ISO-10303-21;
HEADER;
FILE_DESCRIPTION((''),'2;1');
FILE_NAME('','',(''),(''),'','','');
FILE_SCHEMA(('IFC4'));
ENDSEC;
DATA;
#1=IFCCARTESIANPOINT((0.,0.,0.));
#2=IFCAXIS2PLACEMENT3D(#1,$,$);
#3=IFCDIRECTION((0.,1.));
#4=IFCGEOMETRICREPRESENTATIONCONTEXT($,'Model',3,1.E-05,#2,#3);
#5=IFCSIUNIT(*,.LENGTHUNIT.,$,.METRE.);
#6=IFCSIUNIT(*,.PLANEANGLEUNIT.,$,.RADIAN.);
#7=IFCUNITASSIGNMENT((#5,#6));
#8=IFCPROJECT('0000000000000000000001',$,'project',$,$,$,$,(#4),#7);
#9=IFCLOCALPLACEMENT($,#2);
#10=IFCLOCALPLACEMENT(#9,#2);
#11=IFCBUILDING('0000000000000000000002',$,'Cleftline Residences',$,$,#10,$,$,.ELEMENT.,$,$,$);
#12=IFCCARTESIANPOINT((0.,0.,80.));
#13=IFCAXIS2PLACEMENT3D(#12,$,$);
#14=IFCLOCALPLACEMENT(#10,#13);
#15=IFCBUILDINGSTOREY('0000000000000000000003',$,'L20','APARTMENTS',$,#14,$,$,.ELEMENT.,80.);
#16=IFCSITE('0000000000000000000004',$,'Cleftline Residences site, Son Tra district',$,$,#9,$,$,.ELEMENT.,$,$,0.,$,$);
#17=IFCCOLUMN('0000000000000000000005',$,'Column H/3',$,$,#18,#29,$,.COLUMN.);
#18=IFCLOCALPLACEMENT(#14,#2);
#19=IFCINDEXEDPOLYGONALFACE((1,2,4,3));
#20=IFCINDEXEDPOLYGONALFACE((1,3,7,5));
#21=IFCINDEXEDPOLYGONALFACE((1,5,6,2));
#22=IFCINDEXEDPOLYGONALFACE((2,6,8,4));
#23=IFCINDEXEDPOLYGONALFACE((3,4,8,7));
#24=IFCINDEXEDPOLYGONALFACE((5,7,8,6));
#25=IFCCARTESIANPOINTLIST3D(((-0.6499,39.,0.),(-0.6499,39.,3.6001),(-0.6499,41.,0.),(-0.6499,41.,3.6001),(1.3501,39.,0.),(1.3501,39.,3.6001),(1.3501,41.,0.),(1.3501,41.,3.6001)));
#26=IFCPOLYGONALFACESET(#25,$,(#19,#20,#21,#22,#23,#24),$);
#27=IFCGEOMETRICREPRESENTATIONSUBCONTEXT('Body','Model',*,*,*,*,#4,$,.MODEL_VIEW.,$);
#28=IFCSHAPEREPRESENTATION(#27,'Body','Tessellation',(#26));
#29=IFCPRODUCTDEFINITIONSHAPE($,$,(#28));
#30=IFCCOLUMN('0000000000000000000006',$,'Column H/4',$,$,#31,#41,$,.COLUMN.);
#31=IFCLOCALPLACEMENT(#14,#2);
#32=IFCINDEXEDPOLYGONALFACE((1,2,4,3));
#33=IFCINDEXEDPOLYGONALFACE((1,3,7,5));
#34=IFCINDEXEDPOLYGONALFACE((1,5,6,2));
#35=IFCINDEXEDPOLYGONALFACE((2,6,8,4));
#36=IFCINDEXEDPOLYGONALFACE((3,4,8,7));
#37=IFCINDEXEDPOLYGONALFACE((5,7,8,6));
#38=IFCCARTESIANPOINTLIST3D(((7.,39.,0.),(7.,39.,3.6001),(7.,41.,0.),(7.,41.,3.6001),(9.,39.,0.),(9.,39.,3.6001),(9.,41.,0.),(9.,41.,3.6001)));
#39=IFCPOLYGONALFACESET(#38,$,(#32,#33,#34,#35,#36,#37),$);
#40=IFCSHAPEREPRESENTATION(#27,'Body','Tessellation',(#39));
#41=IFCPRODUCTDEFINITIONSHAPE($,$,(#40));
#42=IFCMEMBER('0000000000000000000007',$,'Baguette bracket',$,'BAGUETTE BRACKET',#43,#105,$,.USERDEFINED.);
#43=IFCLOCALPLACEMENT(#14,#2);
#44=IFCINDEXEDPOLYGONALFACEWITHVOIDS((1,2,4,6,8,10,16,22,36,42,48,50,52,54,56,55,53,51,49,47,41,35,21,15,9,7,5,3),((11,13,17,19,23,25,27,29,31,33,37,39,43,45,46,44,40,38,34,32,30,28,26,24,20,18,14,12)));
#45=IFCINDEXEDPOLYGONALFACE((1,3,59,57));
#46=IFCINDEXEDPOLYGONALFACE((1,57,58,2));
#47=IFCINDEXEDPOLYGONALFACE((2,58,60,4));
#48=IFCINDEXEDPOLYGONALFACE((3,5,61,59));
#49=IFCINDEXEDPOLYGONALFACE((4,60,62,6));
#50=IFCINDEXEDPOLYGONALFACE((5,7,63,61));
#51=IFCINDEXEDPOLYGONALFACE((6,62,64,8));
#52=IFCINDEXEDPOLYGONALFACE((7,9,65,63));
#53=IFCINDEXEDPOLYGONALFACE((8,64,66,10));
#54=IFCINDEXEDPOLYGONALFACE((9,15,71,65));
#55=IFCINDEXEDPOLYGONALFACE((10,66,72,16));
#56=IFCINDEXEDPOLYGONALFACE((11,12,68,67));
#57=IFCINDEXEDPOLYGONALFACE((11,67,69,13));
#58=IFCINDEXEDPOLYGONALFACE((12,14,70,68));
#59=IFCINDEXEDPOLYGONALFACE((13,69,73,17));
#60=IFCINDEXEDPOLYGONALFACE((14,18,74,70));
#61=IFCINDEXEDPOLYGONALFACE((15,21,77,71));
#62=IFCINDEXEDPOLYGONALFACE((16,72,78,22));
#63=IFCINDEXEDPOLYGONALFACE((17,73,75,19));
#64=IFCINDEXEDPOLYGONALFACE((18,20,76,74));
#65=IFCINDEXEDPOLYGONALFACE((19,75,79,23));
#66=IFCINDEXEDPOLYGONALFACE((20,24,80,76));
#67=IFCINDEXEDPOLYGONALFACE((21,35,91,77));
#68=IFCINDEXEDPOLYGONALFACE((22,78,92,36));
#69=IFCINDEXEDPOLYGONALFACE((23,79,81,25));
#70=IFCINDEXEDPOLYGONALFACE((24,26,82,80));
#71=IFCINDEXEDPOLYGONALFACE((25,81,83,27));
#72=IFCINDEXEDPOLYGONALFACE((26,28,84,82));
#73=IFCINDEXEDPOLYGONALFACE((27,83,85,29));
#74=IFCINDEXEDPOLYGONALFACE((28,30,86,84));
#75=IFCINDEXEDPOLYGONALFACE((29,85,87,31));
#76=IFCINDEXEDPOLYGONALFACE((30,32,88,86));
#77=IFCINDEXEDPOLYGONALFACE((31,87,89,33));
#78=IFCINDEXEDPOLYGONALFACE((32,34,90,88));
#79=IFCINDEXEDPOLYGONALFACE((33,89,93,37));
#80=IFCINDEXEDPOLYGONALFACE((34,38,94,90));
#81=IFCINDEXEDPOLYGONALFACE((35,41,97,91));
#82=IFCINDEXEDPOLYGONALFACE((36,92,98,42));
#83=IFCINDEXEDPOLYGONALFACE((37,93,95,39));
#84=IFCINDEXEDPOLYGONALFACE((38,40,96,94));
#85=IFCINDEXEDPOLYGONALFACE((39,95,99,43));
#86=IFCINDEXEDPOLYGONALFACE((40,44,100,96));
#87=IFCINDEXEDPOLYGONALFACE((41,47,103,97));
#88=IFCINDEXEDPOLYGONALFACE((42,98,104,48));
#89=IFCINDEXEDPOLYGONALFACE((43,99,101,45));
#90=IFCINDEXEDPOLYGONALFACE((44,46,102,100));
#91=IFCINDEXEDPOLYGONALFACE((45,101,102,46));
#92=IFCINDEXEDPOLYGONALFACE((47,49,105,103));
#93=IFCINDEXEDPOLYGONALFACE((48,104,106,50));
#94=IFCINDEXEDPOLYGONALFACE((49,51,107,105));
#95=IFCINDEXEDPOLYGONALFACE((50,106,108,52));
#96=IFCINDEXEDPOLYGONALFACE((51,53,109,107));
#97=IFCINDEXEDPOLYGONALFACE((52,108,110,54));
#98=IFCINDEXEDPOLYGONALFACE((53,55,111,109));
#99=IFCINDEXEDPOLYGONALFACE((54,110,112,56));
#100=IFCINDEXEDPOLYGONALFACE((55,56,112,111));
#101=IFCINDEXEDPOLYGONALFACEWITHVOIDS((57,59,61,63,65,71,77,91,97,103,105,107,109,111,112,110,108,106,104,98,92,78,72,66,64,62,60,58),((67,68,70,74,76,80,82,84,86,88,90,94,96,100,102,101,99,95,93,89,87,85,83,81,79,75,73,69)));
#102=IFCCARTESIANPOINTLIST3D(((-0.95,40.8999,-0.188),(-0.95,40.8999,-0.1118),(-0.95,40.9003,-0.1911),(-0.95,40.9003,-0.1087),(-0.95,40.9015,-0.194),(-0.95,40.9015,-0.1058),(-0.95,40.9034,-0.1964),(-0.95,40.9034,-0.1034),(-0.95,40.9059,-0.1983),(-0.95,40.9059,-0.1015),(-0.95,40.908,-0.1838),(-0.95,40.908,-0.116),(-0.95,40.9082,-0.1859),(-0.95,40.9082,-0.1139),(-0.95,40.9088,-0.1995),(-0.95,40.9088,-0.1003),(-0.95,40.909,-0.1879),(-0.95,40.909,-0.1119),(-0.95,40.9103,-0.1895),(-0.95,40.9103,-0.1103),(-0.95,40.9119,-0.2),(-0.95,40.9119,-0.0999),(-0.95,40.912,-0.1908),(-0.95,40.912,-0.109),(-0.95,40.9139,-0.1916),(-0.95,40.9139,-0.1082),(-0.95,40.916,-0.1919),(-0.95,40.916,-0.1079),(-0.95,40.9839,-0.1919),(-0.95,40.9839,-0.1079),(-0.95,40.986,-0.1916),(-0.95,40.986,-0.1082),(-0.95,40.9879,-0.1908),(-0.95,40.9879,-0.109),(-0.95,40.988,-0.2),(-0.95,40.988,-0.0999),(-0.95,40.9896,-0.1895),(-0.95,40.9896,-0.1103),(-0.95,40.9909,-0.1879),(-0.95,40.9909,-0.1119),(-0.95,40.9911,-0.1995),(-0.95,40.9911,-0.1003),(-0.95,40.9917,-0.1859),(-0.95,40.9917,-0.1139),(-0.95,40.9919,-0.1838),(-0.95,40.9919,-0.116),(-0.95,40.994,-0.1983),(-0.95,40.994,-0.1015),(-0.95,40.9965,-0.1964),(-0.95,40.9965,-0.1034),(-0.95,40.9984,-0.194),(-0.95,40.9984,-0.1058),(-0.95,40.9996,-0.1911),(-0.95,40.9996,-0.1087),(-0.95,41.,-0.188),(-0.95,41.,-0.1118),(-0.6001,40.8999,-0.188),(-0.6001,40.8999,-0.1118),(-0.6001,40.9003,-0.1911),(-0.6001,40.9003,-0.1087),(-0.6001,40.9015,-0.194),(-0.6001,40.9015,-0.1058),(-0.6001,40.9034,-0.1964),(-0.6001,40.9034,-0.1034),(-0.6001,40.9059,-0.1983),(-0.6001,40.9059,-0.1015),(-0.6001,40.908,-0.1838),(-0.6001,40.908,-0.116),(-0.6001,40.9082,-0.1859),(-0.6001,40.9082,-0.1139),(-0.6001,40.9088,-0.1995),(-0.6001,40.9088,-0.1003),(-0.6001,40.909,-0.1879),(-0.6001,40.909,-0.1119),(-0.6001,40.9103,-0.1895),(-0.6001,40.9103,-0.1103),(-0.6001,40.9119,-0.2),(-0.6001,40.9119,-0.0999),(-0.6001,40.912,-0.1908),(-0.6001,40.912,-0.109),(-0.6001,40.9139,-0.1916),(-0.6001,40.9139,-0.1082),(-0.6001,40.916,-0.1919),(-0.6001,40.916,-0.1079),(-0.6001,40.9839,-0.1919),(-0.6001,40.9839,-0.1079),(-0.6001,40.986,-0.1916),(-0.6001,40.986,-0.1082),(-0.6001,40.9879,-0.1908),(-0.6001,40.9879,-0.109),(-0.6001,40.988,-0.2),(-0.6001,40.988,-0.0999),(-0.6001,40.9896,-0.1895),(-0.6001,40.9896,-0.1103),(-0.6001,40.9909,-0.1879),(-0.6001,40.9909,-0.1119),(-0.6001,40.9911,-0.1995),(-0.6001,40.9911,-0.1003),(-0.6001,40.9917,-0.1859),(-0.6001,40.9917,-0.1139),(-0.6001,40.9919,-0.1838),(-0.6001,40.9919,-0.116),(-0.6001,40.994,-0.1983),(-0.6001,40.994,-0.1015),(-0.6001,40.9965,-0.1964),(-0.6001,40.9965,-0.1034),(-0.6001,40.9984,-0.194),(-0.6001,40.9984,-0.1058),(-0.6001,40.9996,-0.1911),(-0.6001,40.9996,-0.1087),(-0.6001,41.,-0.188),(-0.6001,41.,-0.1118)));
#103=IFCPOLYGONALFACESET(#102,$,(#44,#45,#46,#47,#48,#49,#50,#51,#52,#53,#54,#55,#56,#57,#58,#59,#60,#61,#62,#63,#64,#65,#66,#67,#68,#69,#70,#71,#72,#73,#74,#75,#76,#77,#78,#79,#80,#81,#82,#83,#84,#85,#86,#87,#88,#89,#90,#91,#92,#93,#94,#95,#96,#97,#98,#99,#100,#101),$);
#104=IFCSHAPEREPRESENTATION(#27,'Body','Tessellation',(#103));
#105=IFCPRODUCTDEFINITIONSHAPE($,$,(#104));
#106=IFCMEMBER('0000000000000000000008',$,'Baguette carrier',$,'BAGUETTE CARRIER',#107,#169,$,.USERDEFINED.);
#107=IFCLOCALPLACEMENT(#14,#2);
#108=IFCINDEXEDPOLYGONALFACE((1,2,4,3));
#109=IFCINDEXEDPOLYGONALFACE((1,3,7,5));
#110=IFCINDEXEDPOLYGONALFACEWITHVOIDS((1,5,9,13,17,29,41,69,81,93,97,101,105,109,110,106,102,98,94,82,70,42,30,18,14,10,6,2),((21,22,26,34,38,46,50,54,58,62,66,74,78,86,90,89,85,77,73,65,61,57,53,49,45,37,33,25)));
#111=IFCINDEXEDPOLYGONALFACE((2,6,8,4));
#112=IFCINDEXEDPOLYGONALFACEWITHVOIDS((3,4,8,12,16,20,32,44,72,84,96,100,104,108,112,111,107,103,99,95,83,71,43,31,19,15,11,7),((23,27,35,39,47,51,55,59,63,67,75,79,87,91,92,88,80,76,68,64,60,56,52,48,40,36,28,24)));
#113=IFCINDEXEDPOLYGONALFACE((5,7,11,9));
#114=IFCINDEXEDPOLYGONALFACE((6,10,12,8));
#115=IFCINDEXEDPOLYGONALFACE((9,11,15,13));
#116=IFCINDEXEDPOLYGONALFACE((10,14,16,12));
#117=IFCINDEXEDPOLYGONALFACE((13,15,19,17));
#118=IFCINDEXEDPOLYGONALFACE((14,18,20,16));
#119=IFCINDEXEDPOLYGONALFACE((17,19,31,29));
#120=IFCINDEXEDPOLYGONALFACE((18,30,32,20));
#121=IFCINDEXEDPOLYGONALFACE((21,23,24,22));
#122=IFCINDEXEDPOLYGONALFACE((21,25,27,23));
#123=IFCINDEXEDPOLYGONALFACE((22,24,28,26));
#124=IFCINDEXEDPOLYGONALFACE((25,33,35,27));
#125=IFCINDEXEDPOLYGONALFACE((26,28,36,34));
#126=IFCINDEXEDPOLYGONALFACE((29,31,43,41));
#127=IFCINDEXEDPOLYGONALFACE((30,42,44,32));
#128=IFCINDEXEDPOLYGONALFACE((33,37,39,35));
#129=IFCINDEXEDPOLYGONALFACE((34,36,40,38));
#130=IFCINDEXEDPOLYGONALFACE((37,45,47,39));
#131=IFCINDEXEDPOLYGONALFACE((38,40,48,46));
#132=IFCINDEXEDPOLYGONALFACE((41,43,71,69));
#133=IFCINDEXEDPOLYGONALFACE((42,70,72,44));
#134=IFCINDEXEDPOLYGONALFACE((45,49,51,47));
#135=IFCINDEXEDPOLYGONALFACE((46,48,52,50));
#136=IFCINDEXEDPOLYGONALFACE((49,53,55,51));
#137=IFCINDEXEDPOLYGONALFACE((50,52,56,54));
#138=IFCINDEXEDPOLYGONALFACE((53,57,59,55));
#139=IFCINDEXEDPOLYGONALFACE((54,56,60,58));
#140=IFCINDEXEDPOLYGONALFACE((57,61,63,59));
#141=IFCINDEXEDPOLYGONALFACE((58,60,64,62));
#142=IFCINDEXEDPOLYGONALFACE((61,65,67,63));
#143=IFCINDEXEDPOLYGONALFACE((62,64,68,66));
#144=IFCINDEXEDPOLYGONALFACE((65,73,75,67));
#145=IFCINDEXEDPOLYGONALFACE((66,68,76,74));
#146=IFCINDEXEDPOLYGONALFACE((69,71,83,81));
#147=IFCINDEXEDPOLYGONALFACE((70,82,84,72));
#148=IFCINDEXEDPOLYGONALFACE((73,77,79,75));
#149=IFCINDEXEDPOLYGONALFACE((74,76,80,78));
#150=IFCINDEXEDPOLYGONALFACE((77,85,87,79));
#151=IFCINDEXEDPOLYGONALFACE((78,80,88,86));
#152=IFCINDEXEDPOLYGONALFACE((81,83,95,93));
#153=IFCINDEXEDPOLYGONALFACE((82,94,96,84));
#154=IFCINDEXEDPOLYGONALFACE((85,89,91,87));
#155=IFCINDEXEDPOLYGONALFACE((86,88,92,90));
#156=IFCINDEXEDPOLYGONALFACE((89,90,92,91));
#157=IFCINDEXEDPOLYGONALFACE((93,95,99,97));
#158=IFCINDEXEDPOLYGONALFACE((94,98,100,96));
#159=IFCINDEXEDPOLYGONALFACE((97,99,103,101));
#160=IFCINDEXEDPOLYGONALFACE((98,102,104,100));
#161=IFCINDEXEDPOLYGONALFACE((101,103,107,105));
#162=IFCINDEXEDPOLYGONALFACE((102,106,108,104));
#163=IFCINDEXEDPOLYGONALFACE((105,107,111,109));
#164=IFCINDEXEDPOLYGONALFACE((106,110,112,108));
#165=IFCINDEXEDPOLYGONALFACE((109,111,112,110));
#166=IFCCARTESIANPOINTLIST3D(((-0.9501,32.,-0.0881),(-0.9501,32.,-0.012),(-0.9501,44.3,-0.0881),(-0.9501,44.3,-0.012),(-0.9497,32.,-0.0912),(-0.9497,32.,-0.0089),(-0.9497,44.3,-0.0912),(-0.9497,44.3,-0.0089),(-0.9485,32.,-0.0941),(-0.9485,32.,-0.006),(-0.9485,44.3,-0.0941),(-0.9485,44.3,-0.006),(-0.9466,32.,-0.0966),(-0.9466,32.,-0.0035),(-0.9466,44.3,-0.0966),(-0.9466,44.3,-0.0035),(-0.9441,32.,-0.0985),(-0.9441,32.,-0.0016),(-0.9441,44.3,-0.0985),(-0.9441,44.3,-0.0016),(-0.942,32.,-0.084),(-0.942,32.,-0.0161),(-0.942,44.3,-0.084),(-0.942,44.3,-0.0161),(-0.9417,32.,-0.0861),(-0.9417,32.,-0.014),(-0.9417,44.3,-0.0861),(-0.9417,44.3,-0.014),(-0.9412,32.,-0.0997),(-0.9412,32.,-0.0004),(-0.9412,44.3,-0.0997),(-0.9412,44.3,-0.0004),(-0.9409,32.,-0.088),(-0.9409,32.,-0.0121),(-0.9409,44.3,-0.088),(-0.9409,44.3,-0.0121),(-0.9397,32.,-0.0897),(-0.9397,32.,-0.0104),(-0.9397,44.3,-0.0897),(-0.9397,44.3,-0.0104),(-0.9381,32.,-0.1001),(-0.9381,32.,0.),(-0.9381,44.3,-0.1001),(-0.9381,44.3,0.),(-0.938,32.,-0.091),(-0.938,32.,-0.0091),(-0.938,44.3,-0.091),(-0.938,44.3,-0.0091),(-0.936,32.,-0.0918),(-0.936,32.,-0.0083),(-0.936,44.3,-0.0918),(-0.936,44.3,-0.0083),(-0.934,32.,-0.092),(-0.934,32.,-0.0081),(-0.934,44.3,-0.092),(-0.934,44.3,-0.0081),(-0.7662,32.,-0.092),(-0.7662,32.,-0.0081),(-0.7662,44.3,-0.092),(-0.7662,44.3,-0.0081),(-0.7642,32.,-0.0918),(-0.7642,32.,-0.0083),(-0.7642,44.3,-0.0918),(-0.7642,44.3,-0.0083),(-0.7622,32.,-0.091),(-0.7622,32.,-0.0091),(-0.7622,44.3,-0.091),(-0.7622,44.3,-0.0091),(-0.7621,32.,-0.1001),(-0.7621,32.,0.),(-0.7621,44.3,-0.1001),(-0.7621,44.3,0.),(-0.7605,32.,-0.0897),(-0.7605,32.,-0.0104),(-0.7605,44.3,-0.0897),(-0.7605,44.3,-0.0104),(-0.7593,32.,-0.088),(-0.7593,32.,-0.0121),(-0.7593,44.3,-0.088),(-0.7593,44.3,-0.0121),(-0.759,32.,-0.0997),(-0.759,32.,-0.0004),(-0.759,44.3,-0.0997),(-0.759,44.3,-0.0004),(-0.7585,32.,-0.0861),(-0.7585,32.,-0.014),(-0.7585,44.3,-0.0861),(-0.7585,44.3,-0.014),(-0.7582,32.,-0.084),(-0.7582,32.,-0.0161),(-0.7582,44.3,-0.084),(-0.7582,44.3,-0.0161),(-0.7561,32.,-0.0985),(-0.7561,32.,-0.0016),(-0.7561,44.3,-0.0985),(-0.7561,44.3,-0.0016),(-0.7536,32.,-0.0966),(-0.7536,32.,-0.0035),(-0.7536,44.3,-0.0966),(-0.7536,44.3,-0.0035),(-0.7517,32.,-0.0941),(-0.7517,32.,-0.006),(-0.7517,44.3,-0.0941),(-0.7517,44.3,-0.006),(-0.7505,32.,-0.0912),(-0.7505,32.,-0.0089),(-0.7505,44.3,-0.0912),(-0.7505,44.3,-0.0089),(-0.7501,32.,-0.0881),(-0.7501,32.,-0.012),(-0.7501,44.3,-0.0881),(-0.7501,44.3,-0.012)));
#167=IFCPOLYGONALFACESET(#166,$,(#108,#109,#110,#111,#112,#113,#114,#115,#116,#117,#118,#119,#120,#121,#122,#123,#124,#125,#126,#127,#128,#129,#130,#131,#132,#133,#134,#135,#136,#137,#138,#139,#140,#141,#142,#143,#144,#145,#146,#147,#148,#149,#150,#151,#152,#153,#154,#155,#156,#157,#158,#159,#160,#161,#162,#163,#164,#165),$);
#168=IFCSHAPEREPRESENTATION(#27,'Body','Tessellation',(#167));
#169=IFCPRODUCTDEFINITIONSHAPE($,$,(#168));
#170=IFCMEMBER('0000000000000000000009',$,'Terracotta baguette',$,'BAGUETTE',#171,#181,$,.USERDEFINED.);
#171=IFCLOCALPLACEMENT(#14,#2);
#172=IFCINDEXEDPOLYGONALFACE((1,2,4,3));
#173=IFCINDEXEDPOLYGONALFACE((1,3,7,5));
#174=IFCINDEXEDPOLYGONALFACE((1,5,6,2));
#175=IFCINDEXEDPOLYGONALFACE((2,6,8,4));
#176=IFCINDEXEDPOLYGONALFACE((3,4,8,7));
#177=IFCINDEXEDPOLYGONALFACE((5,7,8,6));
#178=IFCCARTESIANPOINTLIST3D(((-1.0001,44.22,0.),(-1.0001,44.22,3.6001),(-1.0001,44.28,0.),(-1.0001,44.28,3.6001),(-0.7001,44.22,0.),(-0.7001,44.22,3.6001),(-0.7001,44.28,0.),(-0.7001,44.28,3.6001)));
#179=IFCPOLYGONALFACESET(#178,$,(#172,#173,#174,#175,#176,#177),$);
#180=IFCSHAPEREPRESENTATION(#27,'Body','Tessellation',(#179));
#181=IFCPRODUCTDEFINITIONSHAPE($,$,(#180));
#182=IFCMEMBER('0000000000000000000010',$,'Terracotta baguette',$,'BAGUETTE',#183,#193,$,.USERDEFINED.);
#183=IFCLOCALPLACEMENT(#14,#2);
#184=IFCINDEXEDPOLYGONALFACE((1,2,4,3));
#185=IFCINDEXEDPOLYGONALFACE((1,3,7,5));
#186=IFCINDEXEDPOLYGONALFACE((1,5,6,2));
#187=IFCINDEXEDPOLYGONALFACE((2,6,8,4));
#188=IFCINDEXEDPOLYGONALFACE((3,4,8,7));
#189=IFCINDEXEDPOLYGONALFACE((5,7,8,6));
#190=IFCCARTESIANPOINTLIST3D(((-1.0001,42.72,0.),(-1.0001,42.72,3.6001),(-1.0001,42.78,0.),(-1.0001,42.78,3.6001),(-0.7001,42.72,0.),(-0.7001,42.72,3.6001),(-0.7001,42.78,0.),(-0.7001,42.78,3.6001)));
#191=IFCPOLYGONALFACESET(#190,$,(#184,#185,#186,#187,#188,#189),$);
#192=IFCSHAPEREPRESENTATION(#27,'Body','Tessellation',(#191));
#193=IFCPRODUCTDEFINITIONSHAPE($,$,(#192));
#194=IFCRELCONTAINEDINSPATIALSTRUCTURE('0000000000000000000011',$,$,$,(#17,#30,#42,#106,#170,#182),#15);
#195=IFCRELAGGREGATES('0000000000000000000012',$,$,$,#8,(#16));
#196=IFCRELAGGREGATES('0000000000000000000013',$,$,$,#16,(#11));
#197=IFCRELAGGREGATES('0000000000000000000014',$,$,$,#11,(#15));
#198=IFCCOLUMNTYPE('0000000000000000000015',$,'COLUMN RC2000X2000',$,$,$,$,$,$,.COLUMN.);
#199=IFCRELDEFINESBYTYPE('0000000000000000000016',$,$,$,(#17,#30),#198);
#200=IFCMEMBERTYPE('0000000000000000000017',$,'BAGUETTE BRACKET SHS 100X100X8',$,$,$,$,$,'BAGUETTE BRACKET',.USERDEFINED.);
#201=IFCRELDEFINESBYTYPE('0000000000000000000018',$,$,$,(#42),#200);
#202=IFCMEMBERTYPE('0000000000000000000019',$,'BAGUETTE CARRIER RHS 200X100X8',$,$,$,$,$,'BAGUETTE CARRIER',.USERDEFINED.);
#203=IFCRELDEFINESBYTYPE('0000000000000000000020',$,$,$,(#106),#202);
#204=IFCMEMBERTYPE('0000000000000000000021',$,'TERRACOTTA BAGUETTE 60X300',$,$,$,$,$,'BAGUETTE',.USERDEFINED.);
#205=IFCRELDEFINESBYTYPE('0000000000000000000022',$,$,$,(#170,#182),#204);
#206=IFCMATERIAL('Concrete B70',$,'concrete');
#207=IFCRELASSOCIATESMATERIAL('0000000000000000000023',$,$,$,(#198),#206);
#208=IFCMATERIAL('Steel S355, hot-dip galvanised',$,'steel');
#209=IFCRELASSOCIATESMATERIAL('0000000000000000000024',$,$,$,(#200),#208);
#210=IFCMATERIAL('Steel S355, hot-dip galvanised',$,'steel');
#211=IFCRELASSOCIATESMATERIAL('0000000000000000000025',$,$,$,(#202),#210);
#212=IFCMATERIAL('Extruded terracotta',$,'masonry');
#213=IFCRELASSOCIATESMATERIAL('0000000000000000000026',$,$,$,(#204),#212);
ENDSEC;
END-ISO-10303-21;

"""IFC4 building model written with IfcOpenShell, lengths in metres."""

from ifc_helpers import new_model, si_unit, direction, frame, origin, origin_2d, place, context, subcontext, project, spatial, rectangle, hollow_rectangle, extrude, material, material_profile, profile_set, type_object, element, save


model = new_model("IFC4")

# Units and contexts
model_context = context("Model", 3, precision=1e-05, world=origin(), true_north=direction((0.0, 1.0)))
body_context = subcontext(model_context, "Body", "Model", "MODEL_VIEW")
ifc_project = project(units=[si_unit("LENGTHUNIT", "METRE"), si_unit("PLANEANGLEUNIT", "RADIAN")], contexts=[model_context])

# Site, building, storey
site_placement = place(None, origin())
site = spatial("IfcSite", under=ifc_project, at=site_placement, Name="Cleftline Residences site, Son Tra district", CompositionType="ELEMENT", RefElevation=0.0)
building_placement = place(site_placement, origin())
building = spatial("IfcBuilding", under=site, at=building_placement, Name="Cleftline Residences", CompositionType="ELEMENT")
storey_placement = place(building_placement, frame((0.0, 0.0, 80.0)))
storey = spatial("IfcBuildingStorey", under=building, at=storey_placement, Name="L20", Description="APARTMENTS", CompositionType="ELEMENT", Elevation=80.0)

# Columns
ifc_material_1 = material(Name="Concrete B70", Category="concrete")
ifc_material_profile_1 = material_profile(ifc_material_1, rectangle(XDim=2.0, YDim=2.0, at=origin_2d()))
ifc_profile_set_1 = profile_set([ifc_material_profile_1], Name="Concrete B70")
column_type = type_object("IfcColumnType", Name="COLUMN RC2000X2000", PredefinedType="COLUMN", material=ifc_profile_set_1)
for number, where, z_axis, x_axis, name in (
    (1, (0.3501, 40.0, 0.0), (0.0, 0.0, 1.0), (1.0, 0.0, 0.0), "Column H/3"),
    (2, (8.0, 40.0, 0.0), (0.0, 0.0, 1.0), (1.0, 0.0, 0.0), "Column H/4"),
):
    element("IfcColumn", number, at=place(storey_placement, frame(where, z_axis=z_axis, x_axis=x_axis)), inside=storey, type_object=column_type, Name=name, PredefinedType="COLUMN", context=body_context, shape_type="SweptSolid", body=[
        extrude(rectangle(XDim=2.0, YDim=2.0, at=origin_2d()), origin(), (0.0, 0.0, 1.0), 3.6001),
    ])

# Members
ifc_material_2 = material(Name="Steel S355, hot-dip galvanised", Category="steel")
ifc_material_profile_2 = material_profile(ifc_material_2, hollow_rectangle(XDim=0.1001, YDim=0.1001, WallThickness=0.0081, InnerFilletRadius=0.0081, OuterFilletRadius=0.012, at=origin_2d()))
ifc_profile_set_2 = profile_set([ifc_material_profile_2], Name="Steel S355, hot-dip galvanised")
member_type_1 = type_object("IfcMemberType", Name="BAGUETTE BRACKET SHS 100X100X8", ElementType="BAGUETTE BRACKET", PredefinedType="USERDEFINED", material=ifc_profile_set_2)
member_1_placement = place(storey_placement, frame((-0.6001, 40.95, -0.1499), z_axis=(-1.0, 0.0, 0.0), x_axis=(0.0, -1.0, 0.0)))
element("IfcMember", 3, at=member_1_placement, inside=storey, type_object=member_type_1, Name="Baguette bracket", ObjectType="BAGUETTE BRACKET", PredefinedType="USERDEFINED", context=body_context, shape_type="SweptSolid", body=[
    extrude(hollow_rectangle(XDim=0.1001, YDim=0.1001, WallThickness=0.0081, InnerFilletRadius=0.0081, OuterFilletRadius=0.012, at=origin_2d()), origin(), (0.0, 0.0, 1.0), 0.3499),
])
ifc_material_3 = material(Name="Steel S355, hot-dip galvanised", Category="steel")
ifc_material_profile_3 = material_profile(ifc_material_3, hollow_rectangle(XDim=0.1001, YDim=0.2, WallThickness=0.0081, InnerFilletRadius=0.0081, OuterFilletRadius=0.012, at=origin_2d()))
ifc_profile_set_3 = profile_set([ifc_material_profile_3], Name="Steel S355, hot-dip galvanised")
member_type_2 = type_object("IfcMemberType", Name="BAGUETTE CARRIER RHS 200X100X8", ElementType="BAGUETTE CARRIER", PredefinedType="USERDEFINED", material=ifc_profile_set_3)
member_2_placement = place(storey_placement, frame((-0.8501, 44.3, -0.05), z_axis=(0.0, -1.0, 0.0), x_axis=(0.0, 0.0, 1.0)))
element("IfcMember", 4, at=member_2_placement, inside=storey, type_object=member_type_2, Name="Baguette carrier", ObjectType="BAGUETTE CARRIER", PredefinedType="USERDEFINED", context=body_context, shape_type="SweptSolid", body=[
    extrude(hollow_rectangle(XDim=0.1001, YDim=0.2, WallThickness=0.0081, InnerFilletRadius=0.0081, OuterFilletRadius=0.012, at=origin_2d()), origin(), (0.0, 0.0, 1.0), 12.3),
])
ifc_material_4 = material(Name="Extruded terracotta", Category="masonry")
ifc_material_profile_4 = material_profile(ifc_material_4, rectangle(XDim=0.0601, YDim=0.3, at=origin_2d()))
ifc_profile_set_4 = profile_set([ifc_material_profile_4], Name="Extruded terracotta")
member_type_3 = type_object("IfcMemberType", Name="TERRACOTTA BAGUETTE 60X300", ElementType="BAGUETTE", PredefinedType="USERDEFINED", material=ifc_profile_set_4)
for number, where, z_axis, x_axis, name in (
    (5, (-0.8501, 44.25, 0.0), (0.0, 0.0, 1.0), (0.0, 1.0, 0.0), "Terracotta baguette"),
    (6, (-0.8501, 42.75, 0.0), (0.0, 0.0, 1.0), (0.0, 1.0, 0.0), "Terracotta baguette"),
):
    element("IfcMember", number, at=place(storey_placement, frame(where, z_axis=z_axis, x_axis=x_axis)), inside=storey, type_object=member_type_3, Name=name, ObjectType="BAGUETTE", PredefinedType="USERDEFINED", context=body_context, shape_type="SweptSolid", body=[
        extrude(rectangle(XDim=0.0601, YDim=0.3, at=origin_2d()), origin(), (0.0, 0.0, 1.0), 3.6001),
    ])

save(model, "model.ifc")
